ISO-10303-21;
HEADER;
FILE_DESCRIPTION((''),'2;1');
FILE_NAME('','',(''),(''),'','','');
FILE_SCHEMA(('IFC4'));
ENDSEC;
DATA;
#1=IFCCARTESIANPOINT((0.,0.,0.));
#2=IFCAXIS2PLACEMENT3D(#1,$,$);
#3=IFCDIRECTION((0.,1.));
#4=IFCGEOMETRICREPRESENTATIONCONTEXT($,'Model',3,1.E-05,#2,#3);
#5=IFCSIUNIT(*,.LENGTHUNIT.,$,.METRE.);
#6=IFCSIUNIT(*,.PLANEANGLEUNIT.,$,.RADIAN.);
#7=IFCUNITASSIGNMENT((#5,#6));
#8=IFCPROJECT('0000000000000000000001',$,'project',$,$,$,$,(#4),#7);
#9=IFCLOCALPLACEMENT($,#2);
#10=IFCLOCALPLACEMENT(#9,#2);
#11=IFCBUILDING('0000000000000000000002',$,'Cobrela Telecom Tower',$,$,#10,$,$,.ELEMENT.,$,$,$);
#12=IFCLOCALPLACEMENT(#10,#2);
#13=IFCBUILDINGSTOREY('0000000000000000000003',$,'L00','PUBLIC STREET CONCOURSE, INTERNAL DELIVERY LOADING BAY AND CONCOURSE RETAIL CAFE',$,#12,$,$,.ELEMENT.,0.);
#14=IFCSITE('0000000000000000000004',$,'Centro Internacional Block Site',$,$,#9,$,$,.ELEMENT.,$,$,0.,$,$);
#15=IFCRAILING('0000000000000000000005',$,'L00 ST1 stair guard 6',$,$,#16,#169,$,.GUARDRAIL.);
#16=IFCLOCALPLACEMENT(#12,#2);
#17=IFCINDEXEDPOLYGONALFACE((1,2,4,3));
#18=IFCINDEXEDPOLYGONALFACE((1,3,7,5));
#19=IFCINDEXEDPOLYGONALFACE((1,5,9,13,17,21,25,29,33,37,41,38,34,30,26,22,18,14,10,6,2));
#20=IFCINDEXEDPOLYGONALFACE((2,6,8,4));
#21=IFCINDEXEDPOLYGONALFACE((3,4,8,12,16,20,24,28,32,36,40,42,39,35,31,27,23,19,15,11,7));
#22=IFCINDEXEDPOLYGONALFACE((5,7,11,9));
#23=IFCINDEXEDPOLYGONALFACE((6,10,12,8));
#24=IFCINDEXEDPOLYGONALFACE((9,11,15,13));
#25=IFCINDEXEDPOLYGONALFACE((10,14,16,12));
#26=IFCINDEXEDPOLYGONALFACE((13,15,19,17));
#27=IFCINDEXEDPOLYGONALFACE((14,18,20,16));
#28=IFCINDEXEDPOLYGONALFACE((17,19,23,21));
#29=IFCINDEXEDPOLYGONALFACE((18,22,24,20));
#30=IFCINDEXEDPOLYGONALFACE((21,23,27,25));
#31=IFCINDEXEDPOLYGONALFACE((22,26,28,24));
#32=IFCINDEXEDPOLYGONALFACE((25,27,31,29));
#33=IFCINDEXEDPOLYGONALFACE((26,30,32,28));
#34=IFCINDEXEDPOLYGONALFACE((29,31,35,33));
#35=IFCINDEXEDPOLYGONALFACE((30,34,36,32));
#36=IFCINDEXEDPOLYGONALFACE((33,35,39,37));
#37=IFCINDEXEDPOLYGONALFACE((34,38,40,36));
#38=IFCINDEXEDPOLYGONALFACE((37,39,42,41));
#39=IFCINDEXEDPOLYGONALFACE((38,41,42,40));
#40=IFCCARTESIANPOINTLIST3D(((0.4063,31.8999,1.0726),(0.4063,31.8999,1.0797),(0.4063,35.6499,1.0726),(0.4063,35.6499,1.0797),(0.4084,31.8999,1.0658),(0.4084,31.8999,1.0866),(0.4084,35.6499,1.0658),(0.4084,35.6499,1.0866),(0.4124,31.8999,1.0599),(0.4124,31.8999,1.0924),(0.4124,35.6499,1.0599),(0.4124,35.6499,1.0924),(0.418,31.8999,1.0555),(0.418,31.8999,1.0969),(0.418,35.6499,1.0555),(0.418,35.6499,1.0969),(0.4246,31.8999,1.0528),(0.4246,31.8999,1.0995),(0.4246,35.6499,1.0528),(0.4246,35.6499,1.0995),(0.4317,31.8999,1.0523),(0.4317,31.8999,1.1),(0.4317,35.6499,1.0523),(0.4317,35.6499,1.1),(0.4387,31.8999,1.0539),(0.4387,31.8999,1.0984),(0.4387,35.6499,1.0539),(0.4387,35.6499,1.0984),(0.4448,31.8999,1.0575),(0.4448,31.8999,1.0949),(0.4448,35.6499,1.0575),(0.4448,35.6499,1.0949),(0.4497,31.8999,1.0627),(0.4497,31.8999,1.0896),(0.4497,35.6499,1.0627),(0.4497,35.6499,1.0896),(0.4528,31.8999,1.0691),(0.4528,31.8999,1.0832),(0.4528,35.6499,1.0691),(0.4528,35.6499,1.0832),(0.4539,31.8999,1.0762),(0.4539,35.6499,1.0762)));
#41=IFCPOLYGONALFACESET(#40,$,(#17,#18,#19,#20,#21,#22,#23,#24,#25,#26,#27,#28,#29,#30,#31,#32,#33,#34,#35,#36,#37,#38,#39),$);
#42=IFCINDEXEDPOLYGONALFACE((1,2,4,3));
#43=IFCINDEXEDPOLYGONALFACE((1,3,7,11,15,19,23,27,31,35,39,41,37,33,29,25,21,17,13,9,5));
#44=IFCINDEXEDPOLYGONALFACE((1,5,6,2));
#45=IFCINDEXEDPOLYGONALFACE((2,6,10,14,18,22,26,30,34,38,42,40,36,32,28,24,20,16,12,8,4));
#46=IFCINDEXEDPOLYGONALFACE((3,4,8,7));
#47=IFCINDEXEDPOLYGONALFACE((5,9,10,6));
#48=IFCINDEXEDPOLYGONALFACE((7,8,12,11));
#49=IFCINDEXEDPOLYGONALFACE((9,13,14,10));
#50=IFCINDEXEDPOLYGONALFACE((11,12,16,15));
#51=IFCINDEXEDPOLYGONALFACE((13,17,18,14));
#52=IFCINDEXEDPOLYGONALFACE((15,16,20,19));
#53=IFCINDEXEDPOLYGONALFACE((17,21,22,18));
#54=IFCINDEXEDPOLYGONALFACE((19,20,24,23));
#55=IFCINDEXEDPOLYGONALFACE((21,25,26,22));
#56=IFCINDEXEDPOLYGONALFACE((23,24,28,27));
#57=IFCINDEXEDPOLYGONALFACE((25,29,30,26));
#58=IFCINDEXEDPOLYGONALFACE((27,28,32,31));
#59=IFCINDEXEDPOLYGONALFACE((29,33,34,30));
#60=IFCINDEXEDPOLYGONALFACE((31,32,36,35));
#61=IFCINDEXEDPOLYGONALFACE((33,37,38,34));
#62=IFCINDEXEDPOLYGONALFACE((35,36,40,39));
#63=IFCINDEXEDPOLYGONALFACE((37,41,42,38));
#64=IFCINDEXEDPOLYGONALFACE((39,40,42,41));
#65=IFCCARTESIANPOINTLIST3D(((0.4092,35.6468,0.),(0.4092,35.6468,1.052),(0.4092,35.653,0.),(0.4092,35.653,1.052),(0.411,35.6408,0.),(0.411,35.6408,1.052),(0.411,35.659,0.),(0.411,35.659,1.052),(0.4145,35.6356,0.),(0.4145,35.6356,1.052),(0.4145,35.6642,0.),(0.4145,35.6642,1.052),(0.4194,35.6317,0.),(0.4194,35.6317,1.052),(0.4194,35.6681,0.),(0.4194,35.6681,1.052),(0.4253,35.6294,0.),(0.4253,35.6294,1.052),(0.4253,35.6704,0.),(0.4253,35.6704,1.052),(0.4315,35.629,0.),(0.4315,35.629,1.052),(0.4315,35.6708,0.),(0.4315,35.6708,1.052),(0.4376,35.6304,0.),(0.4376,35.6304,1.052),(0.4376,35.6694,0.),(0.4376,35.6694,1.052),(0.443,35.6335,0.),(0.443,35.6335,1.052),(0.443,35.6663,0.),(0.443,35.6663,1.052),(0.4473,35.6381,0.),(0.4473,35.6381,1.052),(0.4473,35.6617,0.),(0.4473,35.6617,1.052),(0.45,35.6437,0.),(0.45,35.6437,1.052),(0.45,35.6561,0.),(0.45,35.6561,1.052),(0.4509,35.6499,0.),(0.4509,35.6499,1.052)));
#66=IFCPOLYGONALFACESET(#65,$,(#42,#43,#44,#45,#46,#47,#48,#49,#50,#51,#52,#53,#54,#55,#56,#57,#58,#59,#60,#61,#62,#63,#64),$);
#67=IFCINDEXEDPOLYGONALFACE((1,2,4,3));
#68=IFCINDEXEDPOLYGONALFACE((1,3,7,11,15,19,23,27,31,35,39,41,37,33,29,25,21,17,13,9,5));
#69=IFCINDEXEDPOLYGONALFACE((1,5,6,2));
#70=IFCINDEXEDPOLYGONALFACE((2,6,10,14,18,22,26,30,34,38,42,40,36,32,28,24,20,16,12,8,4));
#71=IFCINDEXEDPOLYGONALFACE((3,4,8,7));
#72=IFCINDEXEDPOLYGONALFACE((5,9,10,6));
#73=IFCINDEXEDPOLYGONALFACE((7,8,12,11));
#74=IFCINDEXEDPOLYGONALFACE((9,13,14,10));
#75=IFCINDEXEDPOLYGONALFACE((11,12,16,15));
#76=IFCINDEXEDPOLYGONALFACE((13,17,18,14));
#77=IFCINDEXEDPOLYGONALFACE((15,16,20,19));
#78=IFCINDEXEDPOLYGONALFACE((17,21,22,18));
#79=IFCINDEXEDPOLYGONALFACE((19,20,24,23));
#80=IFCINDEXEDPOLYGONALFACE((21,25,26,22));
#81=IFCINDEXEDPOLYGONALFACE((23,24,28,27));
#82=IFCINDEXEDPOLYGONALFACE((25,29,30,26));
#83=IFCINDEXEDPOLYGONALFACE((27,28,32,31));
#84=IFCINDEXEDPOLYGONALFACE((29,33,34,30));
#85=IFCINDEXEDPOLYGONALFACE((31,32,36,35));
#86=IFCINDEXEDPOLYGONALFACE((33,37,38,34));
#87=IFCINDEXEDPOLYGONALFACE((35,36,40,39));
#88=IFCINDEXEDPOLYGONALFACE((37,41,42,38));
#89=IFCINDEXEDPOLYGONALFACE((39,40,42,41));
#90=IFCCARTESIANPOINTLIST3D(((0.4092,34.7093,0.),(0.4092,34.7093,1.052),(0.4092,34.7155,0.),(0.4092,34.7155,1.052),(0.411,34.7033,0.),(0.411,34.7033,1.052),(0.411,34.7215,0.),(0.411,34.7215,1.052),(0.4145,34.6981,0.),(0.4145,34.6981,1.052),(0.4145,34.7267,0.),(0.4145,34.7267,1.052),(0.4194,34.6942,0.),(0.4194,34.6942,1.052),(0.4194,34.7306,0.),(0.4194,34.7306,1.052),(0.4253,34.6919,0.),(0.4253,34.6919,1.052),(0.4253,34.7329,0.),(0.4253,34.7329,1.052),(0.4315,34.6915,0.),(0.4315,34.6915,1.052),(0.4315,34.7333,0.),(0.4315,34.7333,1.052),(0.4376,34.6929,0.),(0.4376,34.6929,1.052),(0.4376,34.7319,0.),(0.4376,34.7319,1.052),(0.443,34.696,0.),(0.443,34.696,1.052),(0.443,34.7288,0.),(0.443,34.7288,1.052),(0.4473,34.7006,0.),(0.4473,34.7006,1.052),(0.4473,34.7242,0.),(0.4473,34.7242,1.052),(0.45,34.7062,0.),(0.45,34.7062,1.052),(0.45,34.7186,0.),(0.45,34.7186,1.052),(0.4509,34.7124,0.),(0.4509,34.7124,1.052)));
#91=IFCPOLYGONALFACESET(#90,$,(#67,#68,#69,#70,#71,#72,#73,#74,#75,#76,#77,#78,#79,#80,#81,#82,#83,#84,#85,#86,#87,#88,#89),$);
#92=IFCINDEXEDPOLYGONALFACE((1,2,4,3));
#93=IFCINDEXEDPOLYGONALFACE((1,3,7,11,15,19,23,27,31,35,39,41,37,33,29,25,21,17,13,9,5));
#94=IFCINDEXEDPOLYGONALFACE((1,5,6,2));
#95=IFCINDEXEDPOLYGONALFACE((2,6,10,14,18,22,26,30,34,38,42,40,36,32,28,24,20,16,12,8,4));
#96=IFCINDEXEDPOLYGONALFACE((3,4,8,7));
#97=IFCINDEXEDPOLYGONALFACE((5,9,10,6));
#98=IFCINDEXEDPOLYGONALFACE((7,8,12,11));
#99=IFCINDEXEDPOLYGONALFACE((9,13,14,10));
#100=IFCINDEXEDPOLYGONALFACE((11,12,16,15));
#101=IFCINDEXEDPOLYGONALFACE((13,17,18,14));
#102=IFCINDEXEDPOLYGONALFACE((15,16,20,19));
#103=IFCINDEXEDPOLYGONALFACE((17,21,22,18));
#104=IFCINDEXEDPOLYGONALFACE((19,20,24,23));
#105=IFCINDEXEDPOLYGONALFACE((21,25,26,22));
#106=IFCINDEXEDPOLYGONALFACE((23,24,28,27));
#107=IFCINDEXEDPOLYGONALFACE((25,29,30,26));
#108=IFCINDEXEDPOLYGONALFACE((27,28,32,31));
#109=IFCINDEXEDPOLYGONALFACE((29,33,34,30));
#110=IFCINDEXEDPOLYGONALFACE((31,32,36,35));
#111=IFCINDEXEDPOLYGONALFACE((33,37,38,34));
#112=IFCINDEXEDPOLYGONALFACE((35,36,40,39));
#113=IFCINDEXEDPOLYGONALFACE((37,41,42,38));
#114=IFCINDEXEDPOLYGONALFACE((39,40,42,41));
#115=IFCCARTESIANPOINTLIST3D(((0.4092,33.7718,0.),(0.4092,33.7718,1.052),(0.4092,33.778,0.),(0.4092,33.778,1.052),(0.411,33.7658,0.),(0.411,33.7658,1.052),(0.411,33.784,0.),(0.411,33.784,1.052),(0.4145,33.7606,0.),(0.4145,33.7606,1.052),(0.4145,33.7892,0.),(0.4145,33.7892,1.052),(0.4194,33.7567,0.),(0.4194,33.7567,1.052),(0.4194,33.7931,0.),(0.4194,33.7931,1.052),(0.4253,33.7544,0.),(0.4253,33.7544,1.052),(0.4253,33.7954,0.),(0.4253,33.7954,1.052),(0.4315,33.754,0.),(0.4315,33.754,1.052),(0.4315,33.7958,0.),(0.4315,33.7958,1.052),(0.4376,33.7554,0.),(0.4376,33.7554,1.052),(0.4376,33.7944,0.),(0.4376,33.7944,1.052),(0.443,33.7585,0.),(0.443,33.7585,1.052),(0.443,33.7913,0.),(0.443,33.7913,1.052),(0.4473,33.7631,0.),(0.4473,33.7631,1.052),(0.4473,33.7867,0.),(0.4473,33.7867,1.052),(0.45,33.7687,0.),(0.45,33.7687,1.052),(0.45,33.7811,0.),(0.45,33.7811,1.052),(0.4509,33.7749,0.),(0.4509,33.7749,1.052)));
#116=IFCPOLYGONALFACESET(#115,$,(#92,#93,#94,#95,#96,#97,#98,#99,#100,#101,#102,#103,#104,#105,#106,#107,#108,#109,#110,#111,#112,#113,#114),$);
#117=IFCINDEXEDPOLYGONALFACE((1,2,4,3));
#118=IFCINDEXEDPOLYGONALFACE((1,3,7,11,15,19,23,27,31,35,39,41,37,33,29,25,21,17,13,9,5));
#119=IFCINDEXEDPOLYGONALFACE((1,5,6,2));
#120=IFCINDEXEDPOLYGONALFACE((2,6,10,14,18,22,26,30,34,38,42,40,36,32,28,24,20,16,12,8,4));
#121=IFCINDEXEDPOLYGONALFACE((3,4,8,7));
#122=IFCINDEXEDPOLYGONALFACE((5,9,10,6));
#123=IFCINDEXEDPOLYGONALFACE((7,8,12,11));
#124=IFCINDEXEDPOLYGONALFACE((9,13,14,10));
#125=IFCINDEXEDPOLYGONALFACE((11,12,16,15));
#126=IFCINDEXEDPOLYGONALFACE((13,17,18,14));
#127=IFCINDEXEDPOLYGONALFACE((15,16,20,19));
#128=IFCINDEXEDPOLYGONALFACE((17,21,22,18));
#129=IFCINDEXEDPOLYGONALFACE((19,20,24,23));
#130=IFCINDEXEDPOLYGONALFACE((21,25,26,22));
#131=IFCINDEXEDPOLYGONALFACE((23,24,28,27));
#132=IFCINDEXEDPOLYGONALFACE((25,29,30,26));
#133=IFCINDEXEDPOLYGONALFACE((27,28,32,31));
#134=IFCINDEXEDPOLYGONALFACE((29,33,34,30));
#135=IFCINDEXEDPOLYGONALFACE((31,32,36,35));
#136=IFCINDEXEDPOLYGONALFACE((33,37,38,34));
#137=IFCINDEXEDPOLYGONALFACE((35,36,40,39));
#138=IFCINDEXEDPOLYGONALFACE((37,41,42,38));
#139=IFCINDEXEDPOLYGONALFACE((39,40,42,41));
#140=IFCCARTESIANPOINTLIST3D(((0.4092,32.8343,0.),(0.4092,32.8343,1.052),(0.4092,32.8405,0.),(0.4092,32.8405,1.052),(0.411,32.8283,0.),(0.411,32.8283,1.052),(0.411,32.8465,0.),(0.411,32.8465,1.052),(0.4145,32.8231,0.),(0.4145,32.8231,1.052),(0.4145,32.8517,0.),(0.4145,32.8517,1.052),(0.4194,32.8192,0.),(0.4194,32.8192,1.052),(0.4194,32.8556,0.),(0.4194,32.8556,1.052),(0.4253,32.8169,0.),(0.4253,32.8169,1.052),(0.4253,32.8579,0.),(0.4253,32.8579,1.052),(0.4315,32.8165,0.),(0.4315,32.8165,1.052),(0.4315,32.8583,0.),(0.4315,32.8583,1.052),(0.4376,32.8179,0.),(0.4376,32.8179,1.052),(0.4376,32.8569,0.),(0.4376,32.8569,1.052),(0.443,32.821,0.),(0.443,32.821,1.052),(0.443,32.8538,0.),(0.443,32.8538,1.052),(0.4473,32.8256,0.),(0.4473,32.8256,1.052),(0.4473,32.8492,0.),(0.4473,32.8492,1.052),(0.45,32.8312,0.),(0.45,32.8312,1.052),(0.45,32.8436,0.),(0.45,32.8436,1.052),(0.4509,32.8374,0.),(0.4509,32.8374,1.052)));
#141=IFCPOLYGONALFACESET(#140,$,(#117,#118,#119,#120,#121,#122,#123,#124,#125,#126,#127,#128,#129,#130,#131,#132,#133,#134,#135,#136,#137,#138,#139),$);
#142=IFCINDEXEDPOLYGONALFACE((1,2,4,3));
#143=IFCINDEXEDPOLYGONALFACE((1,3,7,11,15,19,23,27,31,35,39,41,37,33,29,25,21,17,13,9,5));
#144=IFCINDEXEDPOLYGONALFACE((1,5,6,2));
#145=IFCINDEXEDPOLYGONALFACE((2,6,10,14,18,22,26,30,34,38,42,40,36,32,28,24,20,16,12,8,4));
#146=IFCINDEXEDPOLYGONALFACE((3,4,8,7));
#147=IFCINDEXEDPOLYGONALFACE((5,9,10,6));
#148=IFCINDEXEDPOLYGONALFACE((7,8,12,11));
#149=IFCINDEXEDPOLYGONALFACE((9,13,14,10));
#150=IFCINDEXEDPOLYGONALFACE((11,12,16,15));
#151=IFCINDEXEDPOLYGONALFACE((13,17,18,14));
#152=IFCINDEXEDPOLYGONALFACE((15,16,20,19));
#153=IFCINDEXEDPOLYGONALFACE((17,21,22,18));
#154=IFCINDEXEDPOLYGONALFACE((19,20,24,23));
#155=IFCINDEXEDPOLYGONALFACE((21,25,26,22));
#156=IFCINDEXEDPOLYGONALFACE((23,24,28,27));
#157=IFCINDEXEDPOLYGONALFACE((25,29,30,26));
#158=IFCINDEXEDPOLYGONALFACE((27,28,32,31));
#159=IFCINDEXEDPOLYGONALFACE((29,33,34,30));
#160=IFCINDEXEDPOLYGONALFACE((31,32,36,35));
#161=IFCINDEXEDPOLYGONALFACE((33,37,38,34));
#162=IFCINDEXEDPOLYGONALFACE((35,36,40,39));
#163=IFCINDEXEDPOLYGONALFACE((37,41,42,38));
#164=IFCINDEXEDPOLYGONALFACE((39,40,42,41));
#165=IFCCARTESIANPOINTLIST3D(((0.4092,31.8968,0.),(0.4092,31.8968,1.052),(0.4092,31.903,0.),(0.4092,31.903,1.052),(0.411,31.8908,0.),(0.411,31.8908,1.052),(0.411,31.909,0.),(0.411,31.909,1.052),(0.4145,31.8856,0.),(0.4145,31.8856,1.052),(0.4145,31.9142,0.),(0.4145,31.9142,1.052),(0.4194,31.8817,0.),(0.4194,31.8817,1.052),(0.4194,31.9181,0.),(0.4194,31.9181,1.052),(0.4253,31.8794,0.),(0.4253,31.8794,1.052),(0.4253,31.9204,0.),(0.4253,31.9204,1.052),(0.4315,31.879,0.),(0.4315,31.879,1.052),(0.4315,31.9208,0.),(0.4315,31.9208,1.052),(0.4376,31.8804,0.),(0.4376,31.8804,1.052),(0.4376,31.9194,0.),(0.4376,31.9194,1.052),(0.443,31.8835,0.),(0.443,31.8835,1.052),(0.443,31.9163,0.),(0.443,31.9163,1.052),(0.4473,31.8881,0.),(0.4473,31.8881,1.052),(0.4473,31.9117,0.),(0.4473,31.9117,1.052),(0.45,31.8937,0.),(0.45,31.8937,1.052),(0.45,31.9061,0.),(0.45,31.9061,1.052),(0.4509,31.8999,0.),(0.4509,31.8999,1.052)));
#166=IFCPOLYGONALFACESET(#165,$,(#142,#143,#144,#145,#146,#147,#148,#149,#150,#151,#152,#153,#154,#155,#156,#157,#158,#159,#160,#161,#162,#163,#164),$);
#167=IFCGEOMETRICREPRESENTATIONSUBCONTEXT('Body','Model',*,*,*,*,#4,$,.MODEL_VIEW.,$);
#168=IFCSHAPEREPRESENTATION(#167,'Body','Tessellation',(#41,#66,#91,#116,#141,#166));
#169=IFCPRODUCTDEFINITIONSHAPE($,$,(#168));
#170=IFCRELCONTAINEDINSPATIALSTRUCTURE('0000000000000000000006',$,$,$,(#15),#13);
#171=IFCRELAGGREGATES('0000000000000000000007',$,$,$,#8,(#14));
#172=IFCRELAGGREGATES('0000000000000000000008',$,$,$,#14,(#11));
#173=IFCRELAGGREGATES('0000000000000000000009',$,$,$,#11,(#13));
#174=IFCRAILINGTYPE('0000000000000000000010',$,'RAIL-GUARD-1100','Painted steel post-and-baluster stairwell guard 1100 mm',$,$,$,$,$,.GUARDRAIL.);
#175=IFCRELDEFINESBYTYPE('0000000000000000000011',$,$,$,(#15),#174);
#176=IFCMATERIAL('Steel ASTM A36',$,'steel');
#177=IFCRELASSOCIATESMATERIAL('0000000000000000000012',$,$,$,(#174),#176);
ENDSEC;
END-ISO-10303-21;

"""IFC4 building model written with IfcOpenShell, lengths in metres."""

from ifc_helpers import new_model, si_unit, direction, frame, origin, origin_2d, place, context, subcontext, project, spatial, circle, extrude, material, type_object, element, save


model = new_model("IFC4")

# Units and contexts
model_context = context("Model", 3, precision=1e-05, world=origin(), true_north=direction((0.0, 1.0)))
body_context = subcontext(model_context, "Body", "Model", "MODEL_VIEW")
ifc_project = project(units=[si_unit("LENGTHUNIT", "METRE"), si_unit("PLANEANGLEUNIT", "RADIAN")], contexts=[model_context])

# Site, building, storey
site_placement = place(None, origin())
site = spatial("IfcSite", under=ifc_project, at=site_placement, Name="Centro Internacional Block Site", CompositionType="ELEMENT", RefElevation=0.0)
building_placement = place(site_placement, origin())
building = spatial("IfcBuilding", under=site, at=building_placement, Name="Cobrela Telecom Tower", CompositionType="ELEMENT")
storey_placement = place(building_placement, origin())
storey = spatial("IfcBuildingStorey", under=building, at=storey_placement, Name="L00", Description="PUBLIC STREET CONCOURSE, INTERNAL DELIVERY LOADING BAY AND CONCOURSE RETAIL CAFE", CompositionType="ELEMENT", Elevation=0.0)

# Shared definitions
ifc_material_1 = material(Name="Steel ASTM A36", Category="steel")

# Railing
railing_type_1 = type_object("IfcRailingType", Name="RAIL-GUARD-1100", Description="Painted steel post-and-baluster stairwell guard 1100 mm", PredefinedType="GUARDRAIL", material=ifc_material_1)
railing_1_placement = place(storey_placement, frame((0.4299, 35.6499, 0.0)))
element("IfcRailing", 1, at=railing_1_placement, inside=storey, type_object=railing_type_1, Name="L00 ST1 stair guard 6", PredefinedType="GUARDRAIL", context=body_context, shape_type="SweptSolid", body=[
    extrude(circle(Radius=0.0239, at=origin_2d()), frame((0.0, 0.0, 1.0762), z_axis=(0.0, -1.0, 0.0), x_axis=(1.0, 0.0, 0.0)), (0.0, 0.0, 1.0), 3.75),
    extrude(circle(Radius=0.021, at=origin_2d()), origin(), (0.0, 0.0, 1.0), 1.052),
    extrude(circle(Radius=0.021, at=origin_2d()), frame((0.0, -0.9375, 0.0)), (0.0, 0.0, 1.0), 1.052),
    extrude(circle(Radius=0.021, at=origin_2d()), frame((0.0, -1.875, 0.0)), (0.0, 0.0, 1.0), 1.052),
    extrude(circle(Radius=0.021, at=origin_2d()), frame((0.0, -2.8125, 0.0)), (0.0, 0.0, 1.0), 1.052),
    extrude(circle(Radius=0.021, at=origin_2d()), frame((0.0, -3.75, 0.0)), (0.0, 0.0, 1.0), 1.052),
])

save(model, "model.ifc")
